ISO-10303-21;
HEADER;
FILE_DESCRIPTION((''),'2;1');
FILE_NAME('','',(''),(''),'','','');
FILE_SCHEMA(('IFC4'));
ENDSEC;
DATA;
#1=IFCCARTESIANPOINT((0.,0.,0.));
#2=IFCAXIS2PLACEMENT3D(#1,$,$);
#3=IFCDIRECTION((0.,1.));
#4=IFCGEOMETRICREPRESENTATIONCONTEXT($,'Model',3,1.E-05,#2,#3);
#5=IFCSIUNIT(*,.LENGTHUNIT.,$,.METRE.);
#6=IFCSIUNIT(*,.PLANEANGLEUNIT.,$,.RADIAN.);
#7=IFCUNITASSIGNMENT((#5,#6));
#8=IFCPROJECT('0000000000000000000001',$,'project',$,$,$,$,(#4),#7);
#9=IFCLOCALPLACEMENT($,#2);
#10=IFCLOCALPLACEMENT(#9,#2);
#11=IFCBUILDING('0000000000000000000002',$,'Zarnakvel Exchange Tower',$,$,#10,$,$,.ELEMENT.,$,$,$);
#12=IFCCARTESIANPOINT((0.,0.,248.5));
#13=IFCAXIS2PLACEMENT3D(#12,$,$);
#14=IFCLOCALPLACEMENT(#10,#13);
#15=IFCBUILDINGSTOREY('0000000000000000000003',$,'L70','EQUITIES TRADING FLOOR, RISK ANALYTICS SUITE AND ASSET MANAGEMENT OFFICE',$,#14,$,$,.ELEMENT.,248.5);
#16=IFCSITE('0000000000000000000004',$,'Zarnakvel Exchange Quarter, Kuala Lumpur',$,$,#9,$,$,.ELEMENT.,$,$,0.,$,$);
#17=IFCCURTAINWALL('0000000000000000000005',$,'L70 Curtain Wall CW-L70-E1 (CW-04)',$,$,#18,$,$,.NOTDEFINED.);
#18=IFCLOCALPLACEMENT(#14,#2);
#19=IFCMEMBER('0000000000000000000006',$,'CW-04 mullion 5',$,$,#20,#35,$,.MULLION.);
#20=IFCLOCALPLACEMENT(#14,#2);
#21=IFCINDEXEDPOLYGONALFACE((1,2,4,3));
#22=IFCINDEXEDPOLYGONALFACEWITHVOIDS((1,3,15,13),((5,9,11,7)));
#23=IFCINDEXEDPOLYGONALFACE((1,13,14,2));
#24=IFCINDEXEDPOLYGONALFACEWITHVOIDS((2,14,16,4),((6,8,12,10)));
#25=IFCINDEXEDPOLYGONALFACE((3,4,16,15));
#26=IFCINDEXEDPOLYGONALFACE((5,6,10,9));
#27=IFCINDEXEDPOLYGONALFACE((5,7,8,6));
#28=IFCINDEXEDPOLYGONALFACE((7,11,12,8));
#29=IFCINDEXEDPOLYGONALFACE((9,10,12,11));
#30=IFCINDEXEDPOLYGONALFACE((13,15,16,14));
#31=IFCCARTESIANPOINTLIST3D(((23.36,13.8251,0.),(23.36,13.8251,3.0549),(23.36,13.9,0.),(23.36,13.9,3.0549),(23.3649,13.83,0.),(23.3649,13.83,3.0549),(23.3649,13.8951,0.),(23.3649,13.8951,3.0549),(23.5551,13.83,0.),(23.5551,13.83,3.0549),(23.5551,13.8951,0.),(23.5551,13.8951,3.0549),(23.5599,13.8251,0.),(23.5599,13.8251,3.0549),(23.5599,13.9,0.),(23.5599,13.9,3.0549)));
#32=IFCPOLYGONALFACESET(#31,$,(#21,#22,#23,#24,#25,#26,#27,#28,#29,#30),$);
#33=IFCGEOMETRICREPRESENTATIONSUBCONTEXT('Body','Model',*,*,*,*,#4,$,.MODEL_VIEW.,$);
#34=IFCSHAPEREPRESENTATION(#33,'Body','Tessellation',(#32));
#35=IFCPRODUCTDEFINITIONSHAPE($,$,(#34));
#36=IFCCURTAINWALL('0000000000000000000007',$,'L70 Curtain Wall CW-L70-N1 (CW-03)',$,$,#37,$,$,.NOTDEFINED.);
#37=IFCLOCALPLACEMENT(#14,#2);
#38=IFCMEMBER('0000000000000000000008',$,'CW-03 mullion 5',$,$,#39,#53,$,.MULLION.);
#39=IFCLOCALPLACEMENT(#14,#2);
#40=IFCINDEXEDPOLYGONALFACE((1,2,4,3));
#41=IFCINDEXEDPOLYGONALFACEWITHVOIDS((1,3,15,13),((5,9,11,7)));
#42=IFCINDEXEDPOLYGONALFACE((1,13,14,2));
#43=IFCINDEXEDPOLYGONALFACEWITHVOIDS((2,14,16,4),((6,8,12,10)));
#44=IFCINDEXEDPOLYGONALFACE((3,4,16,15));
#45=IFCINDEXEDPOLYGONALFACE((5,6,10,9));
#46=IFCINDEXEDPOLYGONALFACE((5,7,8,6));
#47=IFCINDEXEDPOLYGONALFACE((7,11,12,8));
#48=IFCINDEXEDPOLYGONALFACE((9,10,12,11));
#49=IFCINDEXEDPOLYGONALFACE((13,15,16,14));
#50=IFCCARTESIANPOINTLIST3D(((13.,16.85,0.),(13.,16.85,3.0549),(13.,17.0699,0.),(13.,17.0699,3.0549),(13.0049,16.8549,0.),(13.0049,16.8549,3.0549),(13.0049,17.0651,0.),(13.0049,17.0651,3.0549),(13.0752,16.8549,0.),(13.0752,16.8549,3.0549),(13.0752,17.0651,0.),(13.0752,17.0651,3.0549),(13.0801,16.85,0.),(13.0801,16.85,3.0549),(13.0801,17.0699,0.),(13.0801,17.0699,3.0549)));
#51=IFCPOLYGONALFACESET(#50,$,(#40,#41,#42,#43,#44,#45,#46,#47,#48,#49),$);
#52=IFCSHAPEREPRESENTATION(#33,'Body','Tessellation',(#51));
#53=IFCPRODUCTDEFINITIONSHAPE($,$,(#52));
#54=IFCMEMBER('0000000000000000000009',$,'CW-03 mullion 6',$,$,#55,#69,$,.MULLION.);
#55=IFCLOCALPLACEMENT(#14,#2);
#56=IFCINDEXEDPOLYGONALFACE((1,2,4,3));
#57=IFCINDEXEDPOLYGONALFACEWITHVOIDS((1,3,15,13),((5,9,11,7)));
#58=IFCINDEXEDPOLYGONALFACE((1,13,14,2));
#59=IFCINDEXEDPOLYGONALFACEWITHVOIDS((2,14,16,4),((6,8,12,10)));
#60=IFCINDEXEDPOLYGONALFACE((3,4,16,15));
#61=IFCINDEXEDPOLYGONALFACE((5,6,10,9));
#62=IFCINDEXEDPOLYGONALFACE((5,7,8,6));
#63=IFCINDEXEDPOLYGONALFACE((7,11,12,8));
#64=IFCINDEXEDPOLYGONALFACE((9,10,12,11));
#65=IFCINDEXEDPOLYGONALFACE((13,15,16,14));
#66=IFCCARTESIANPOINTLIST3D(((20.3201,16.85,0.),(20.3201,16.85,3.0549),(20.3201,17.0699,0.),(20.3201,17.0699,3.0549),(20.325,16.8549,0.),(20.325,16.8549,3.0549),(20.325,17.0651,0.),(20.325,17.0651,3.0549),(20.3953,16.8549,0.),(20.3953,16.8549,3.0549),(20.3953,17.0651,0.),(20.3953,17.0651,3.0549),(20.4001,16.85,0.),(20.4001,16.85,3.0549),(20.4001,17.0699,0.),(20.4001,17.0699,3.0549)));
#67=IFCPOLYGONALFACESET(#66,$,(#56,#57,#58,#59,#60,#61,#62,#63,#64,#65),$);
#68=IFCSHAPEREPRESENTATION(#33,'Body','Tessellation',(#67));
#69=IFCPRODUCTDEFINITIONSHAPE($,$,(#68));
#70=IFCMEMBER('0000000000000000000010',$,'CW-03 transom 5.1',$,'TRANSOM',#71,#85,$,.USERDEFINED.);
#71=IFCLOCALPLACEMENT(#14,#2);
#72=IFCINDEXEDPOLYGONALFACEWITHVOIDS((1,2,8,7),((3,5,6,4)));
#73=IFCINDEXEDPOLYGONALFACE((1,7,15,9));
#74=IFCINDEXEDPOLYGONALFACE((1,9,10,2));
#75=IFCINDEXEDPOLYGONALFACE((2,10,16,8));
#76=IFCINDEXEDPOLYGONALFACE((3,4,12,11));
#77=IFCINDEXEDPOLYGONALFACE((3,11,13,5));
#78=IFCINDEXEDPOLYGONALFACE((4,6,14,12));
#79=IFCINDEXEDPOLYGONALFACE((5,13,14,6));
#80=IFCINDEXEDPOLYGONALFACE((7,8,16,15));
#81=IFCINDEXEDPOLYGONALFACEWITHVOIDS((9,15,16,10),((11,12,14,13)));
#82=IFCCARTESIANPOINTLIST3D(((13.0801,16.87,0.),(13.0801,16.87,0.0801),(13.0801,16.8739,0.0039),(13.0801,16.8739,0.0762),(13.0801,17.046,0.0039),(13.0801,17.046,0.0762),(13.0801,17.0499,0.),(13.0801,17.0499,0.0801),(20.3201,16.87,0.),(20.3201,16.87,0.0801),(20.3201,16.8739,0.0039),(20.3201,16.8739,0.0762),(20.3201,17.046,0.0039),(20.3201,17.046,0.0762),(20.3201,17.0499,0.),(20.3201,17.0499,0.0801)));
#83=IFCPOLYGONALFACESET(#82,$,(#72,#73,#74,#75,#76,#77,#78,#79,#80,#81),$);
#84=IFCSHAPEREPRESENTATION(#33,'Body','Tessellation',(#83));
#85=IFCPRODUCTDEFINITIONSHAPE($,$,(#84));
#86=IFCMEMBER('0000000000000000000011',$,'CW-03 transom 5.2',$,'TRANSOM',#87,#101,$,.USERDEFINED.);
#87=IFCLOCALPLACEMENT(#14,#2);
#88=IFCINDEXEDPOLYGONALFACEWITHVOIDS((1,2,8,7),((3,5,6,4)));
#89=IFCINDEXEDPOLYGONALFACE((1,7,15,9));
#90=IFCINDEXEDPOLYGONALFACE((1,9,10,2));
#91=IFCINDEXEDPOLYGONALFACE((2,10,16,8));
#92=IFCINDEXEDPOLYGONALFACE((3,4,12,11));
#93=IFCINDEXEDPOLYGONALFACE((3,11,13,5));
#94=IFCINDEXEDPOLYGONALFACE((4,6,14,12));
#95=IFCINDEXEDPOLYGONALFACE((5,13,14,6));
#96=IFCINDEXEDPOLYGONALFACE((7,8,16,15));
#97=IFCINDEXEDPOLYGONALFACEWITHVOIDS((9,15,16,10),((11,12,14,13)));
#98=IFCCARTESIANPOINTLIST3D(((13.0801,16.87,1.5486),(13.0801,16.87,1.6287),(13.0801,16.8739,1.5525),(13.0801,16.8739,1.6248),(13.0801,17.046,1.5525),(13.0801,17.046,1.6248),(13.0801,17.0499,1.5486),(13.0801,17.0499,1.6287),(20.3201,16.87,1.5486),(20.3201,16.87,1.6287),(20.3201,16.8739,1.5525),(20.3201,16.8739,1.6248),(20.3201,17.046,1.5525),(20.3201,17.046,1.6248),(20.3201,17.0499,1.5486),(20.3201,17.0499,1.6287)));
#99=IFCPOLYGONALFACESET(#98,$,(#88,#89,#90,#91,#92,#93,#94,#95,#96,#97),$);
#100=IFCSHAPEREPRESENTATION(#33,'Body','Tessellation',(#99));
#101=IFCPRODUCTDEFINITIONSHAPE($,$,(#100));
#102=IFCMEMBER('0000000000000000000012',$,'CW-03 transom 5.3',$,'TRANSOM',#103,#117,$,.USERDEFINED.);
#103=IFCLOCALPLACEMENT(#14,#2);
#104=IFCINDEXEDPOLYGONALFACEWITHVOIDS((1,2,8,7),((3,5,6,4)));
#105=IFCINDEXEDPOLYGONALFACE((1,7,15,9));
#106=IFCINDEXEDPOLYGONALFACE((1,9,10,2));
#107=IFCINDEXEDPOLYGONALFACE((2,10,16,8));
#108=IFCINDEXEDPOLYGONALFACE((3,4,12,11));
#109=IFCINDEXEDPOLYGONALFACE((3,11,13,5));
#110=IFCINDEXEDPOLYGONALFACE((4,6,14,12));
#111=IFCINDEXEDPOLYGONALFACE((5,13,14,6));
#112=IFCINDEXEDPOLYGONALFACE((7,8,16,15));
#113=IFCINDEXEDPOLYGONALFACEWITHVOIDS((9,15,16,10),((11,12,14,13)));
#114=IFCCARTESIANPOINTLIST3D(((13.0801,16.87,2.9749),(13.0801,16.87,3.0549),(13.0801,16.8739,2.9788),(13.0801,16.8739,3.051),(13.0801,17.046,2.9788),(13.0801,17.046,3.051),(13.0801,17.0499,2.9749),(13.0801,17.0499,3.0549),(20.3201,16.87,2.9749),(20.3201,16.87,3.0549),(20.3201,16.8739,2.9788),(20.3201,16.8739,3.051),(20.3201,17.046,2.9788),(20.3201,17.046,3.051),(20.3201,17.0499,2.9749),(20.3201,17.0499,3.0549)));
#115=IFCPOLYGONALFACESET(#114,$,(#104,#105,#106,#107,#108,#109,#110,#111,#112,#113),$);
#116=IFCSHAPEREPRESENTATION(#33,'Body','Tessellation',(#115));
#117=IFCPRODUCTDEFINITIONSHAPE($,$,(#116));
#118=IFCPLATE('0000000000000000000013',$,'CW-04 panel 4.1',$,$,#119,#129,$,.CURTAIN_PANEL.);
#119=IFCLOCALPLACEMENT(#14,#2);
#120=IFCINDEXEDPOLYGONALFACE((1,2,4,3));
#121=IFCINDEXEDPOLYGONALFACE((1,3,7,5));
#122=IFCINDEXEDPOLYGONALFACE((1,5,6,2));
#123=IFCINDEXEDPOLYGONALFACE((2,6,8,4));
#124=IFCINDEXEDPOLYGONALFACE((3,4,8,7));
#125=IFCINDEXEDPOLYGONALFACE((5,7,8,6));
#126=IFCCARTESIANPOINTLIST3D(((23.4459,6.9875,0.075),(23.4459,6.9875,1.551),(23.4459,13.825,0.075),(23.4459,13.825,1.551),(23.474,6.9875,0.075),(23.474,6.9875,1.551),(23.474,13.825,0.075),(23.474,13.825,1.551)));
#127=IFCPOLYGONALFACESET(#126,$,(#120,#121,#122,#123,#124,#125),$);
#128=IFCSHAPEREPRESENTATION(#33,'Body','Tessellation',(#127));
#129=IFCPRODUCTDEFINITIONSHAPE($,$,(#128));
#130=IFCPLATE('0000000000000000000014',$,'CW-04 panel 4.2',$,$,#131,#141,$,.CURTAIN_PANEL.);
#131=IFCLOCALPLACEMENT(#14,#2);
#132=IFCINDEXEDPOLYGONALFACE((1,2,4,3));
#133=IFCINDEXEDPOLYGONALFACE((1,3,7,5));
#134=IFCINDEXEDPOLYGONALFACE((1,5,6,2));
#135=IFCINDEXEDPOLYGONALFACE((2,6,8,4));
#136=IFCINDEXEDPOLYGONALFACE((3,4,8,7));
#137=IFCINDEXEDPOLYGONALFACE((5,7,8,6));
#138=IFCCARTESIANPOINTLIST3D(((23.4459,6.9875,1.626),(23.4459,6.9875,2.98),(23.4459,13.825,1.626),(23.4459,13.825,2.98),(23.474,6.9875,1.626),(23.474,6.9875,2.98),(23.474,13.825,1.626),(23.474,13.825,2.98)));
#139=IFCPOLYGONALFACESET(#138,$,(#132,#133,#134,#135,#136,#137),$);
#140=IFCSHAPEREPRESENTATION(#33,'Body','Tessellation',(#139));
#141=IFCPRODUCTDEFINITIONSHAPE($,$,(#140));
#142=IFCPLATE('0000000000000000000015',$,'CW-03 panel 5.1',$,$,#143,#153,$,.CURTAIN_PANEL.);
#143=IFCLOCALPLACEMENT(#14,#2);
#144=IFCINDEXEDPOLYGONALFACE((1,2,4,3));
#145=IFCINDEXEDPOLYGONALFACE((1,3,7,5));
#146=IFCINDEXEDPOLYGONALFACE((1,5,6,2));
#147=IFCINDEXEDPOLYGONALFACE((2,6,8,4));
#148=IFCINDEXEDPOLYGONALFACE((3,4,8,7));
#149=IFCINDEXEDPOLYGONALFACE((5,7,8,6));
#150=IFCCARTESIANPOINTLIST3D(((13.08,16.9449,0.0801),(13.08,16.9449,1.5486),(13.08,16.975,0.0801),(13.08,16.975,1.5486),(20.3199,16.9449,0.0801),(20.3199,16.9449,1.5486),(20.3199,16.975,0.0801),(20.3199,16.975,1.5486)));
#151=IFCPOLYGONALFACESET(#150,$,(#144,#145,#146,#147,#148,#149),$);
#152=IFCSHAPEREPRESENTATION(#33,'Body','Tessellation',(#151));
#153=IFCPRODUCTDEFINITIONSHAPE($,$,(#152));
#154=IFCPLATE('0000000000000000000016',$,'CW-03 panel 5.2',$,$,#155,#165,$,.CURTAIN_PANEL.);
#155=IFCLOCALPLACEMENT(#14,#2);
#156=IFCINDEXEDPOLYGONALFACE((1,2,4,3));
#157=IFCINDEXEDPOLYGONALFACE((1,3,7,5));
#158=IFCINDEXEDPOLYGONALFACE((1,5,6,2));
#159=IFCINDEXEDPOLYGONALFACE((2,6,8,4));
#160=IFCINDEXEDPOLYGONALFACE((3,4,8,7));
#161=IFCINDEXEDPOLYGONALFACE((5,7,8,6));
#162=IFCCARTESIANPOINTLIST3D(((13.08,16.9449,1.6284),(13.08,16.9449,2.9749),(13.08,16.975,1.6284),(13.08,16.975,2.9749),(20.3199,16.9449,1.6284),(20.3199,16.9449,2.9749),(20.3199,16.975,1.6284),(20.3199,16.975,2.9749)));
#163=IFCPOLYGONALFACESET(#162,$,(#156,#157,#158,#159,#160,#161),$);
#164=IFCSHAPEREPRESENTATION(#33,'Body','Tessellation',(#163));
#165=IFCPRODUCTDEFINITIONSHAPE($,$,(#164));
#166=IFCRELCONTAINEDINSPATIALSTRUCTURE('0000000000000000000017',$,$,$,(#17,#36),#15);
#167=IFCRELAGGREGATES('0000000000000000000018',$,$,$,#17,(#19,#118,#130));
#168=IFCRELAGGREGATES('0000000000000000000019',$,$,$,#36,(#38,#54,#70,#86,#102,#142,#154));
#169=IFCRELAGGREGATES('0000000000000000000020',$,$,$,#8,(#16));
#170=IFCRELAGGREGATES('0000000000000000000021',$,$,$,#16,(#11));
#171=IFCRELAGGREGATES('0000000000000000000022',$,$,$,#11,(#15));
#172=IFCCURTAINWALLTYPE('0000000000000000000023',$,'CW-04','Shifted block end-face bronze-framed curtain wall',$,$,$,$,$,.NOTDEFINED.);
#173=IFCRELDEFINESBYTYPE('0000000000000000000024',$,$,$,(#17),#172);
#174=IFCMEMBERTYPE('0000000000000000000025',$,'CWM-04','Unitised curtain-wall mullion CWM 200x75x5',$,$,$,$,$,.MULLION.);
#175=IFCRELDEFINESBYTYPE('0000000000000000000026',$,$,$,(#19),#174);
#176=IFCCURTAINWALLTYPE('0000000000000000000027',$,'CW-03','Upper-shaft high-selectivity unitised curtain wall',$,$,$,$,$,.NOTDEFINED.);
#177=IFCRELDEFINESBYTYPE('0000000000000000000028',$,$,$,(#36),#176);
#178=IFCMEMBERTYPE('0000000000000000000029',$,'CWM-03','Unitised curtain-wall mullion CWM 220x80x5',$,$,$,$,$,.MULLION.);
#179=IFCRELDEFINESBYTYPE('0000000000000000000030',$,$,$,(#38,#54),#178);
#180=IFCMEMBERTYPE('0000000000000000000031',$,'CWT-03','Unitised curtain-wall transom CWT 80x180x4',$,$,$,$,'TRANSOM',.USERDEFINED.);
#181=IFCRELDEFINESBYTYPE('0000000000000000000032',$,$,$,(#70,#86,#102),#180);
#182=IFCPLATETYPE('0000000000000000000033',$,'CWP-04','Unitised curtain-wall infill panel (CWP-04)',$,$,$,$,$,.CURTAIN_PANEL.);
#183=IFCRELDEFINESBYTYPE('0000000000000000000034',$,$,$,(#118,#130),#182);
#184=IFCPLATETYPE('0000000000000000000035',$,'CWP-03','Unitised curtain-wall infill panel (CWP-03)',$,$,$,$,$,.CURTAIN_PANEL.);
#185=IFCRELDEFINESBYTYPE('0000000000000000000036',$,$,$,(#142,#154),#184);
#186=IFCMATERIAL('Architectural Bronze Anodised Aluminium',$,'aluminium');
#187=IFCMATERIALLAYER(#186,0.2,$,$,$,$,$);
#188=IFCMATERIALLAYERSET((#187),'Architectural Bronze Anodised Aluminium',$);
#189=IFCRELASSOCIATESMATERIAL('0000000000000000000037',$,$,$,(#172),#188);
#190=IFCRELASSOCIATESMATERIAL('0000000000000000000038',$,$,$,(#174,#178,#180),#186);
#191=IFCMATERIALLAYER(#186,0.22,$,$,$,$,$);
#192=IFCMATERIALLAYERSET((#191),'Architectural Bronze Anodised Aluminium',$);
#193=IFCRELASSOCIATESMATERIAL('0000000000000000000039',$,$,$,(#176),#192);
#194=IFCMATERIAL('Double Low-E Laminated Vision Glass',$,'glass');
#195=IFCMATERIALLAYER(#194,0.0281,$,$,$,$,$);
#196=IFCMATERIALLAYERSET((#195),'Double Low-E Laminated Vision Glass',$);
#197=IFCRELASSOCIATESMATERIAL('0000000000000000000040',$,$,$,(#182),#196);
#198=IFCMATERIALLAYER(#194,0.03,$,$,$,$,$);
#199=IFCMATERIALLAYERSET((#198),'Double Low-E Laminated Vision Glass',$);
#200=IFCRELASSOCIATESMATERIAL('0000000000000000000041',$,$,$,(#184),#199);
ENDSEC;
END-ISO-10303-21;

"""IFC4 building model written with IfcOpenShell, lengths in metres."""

from ifc_helpers import new_model, si_unit, direction, frame, origin, origin_2d, place, context, subcontext, project, spatial, rectangle, hollow_rectangle, extrude, source, transform, mapped, material, layer, layer_set, material_profile, profile_set, type_object, element, aggregate, save


model = new_model("IFC4")

# Units and contexts
model_context = context("Model", 3, precision=1e-05, world=origin(), true_north=direction((0.0, 1.0)))
body_context = subcontext(model_context, "Body", "Model", "MODEL_VIEW")
ifc_project = project(units=[si_unit("LENGTHUNIT", "METRE"), si_unit("PLANEANGLEUNIT", "RADIAN")], contexts=[model_context])

# Site, building, storey
site_placement = place(None, origin())
site = spatial("IfcSite", under=ifc_project, at=site_placement, Name="Zarnakvel Exchange Quarter, Kuala Lumpur", CompositionType="ELEMENT", RefElevation=0.0)
building_placement = place(site_placement, origin())
building = spatial("IfcBuilding", under=site, at=building_placement, Name="Zarnakvel Exchange Tower", CompositionType="ELEMENT")
storey_placement = place(building_placement, frame((0.0, 0.0, 248.5)))
storey = spatial("IfcBuildingStorey", under=building, at=storey_placement, Name="L70", Description="EQUITIES TRADING FLOOR, RISK ANALYTICS SUITE AND ASSET MANAGEMENT OFFICE", CompositionType="ELEMENT", Elevation=248.5)

# Curtain wall, member
ifc_material_1 = material(Name="Architectural Bronze Anodised Aluminium", Category="aluminium")
ifc_layer_1 = layer(ifc_material_1, 0.2)
ifc_layer_set_1 = layer_set([ifc_layer_1], Name="Architectural Bronze Anodised Aluminium")
curtain_wall_type_1 = type_object("IfcCurtainWallType", Name="CW-04", Description="Shifted block end-face bronze-framed curtain wall", PredefinedType="NOTDEFINED", material=ifc_layer_set_1)
curtain_wall_1_placement = place(storey_placement, origin())
curtain_wall_1 = element("IfcCurtainWall", 1, at=curtain_wall_1_placement, inside=storey, type_object=curtain_wall_type_1, Name="L70 Curtain Wall CW-L70-E1 (CW-04)", PredefinedType="NOTDEFINED")
ifc_material_profile_1 = material_profile(ifc_material_1, hollow_rectangle(XDim=0.2, YDim=0.075, WallThickness=0.0049, at=origin_2d()))
ifc_profile_set_1 = profile_set([ifc_material_profile_1], Name="Architectural Bronze Anodised Aluminium")
member_type_1 = type_object("IfcMemberType", Name="CWM-04", Description="Unitised curtain-wall mullion CWM 200x75x5", PredefinedType="MULLION", material=ifc_profile_set_1)
shared_shape_1 = source(origin(), body_context, "Body", "SweptSolid", [
    extrude(hollow_rectangle(XDim=0.2, YDim=0.075, WallThickness=0.0049, at=origin_2d()), origin(), (0.0, 0.0, 1.0), 3.0549),
])
member_1_placement = place(storey_placement, frame((23.46, 13.8625, 0.0), z_axis=(0.0, 0.0, 1.0), x_axis=(-1.0, 0.0, 0.0)))
member_1 = element("IfcMember", 2, at=member_1_placement, type_object=member_type_1, Name="CW-04 mullion 5", PredefinedType="MULLION", context=body_context, shape_type="MappedRepresentation", body=[
    mapped(shared_shape_1, transform((0.0, 0.0, 0.0), x_axis=(1.0, 0.0, 0.0), y_axis=(0.0, 1.0, 0.0), z_axis=(0.0, 0.0, 1.0), scale=1.0)),
])

# Curtain wall, members
ifc_layer_2 = layer(ifc_material_1, 0.22)
ifc_layer_set_2 = layer_set([ifc_layer_2], Name="Architectural Bronze Anodised Aluminium")
curtain_wall_type_2 = type_object("IfcCurtainWallType", Name="CW-03", Description="Upper-shaft high-selectivity unitised curtain wall", PredefinedType="NOTDEFINED", material=ifc_layer_set_2)
curtain_wall_2_placement = place(storey_placement, origin())
curtain_wall_2 = element("IfcCurtainWall", 3, at=curtain_wall_2_placement, inside=storey, type_object=curtain_wall_type_2, Name="L70 Curtain Wall CW-L70-N1 (CW-03)", PredefinedType="NOTDEFINED")
ifc_material_profile_2 = material_profile(ifc_material_1, hollow_rectangle(XDim=0.22, YDim=0.0801, WallThickness=0.0049, at=origin_2d()))
ifc_profile_set_2 = profile_set([ifc_material_profile_2], Name="Architectural Bronze Anodised Aluminium")
member_type_2 = type_object("IfcMemberType", Name="CWM-03", Description="Unitised curtain-wall mullion CWM 220x80x5", PredefinedType="MULLION", material=ifc_profile_set_2)
shared_shape_2 = source(origin(), body_context, "Body", "SweptSolid", [
    extrude(hollow_rectangle(XDim=0.22, YDim=0.0801, WallThickness=0.0049, at=origin_2d()), origin(), (0.0, 0.0, 1.0), 3.0549),
])
member_2_placement = place(storey_placement, frame((13.04, 16.96, 0.0), z_axis=(0.0, 0.0, 1.0), x_axis=(0.0, 1.0, 0.0)))
member_2 = element("IfcMember", 4, at=member_2_placement, type_object=member_type_2, Name="CW-03 mullion 5", PredefinedType="MULLION", context=body_context, shape_type="MappedRepresentation", body=[
    mapped(shared_shape_2, transform((0.0, 0.0, 0.0), x_axis=(1.0, 0.0, 0.0), y_axis=(0.0, 1.0, 0.0), z_axis=(0.0, 0.0, 1.0), scale=1.0)),
])
member_3_placement = place(storey_placement, frame((20.3601, 16.96, 0.0), z_axis=(0.0, 0.0, 1.0), x_axis=(0.0, 1.0, 0.0)))
member_3 = element("IfcMember", 5, at=member_3_placement, type_object=member_type_2, Name="CW-03 mullion 6", PredefinedType="MULLION", context=body_context, shape_type="MappedRepresentation", body=[
    mapped(shared_shape_2, transform((0.0, 0.0, 0.0), x_axis=(1.0, 0.0, 0.0), y_axis=(0.0, 1.0, 0.0), z_axis=(0.0, 0.0, 1.0), scale=1.0)),
])
ifc_material_profile_3 = material_profile(ifc_material_1, hollow_rectangle(XDim=0.1799, YDim=0.0801, WallThickness=0.0039, at=origin_2d()))
ifc_profile_set_3 = profile_set([ifc_material_profile_3], Name="Architectural Bronze Anodised Aluminium")
member_type_3 = type_object("IfcMemberType", Name="CWT-03", Description="Unitised curtain-wall transom CWT 80x180x4", ElementType="TRANSOM", PredefinedType="USERDEFINED", material=ifc_profile_set_3)
shared_shape_3 = source(origin(), body_context, "Body", "SweptSolid", [
    extrude(hollow_rectangle(XDim=0.1799, YDim=0.0801, WallThickness=0.0039, at=origin_2d()), origin(), (0.0, 0.0, 1.0), 7.24),
])
member_4_placement = place(storey_placement, frame((13.0801, 16.96, 0.04), z_axis=(1.0, 0.0, 0.0), x_axis=(0.0, 1.0, 0.0)))
member_4 = element("IfcMember", 6, at=member_4_placement, type_object=member_type_3, Name="CW-03 transom 5.1", ObjectType="TRANSOM", PredefinedType="USERDEFINED", context=body_context, shape_type="MappedRepresentation", body=[
    mapped(shared_shape_3, transform((0.0, 0.0, 0.0), x_axis=(1.0, 0.0, 0.0), y_axis=(0.0, 1.0, 0.0), z_axis=(0.0, 0.0, 1.0), scale=1.0)),
])
member_5_placement = place(storey_placement, frame((13.0801, 16.96, 1.5886), z_axis=(1.0, 0.0, 0.0), x_axis=(0.0, 1.0, 0.0)))
member_5 = element("IfcMember", 7, at=member_5_placement, type_object=member_type_3, Name="CW-03 transom 5.2", ObjectType="TRANSOM", PredefinedType="USERDEFINED", context=body_context, shape_type="MappedRepresentation", body=[
    mapped(shared_shape_3, transform((0.0, 0.0, 0.0), x_axis=(1.0, 0.0, 0.0), y_axis=(0.0, 1.0, 0.0), z_axis=(0.0, 0.0, 1.0), scale=1.0)),
])
member_6_placement = place(storey_placement, frame((13.0801, 16.96, 3.0149), z_axis=(1.0, 0.0, 0.0), x_axis=(0.0, 1.0, 0.0)))
member_6 = element("IfcMember", 8, at=member_6_placement, type_object=member_type_3, Name="CW-03 transom 5.3", ObjectType="TRANSOM", PredefinedType="USERDEFINED", context=body_context, shape_type="MappedRepresentation", body=[
    mapped(shared_shape_3, transform((0.0, 0.0, 0.0), x_axis=(1.0, 0.0, 0.0), y_axis=(0.0, 1.0, 0.0), z_axis=(0.0, 0.0, 1.0), scale=1.0)),
])

# Plates
ifc_material_2 = material(Name="Double Low-E Laminated Vision Glass", Category="glass")
ifc_layer_3 = layer(ifc_material_2, 0.0281)
ifc_layer_set_3 = layer_set([ifc_layer_3], Name="Double Low-E Laminated Vision Glass")
plate_type_1 = type_object("IfcPlateType", Name="CWP-04", Description="Unitised curtain-wall infill panel (CWP-04)", PredefinedType="CURTAIN_PANEL", material=ifc_layer_set_3)
shared_shape_4 = source(origin(), body_context, "Body", "SweptSolid", [
    extrude(rectangle(XDim=6.8374, YDim=0.0281, at=origin_2d()), origin(), (0.0, 0.0, 1.0), 1.4761),
])
plate_1_placement = place(storey_placement, frame((23.46, 10.4062, 0.075), z_axis=(0.0, 0.0, 1.0), x_axis=(0.0, 1.0, 0.0)))
plate_1 = element("IfcPlate", 9, at=plate_1_placement, type_object=plate_type_1, Name="CW-04 panel 4.1", PredefinedType="CURTAIN_PANEL", context=body_context, shape_type="MappedRepresentation", body=[
    mapped(shared_shape_4, transform((0.0, 0.0, 0.0), x_axis=(1.0, 0.0, 0.0), y_axis=(0.0, 1.0, 0.0), z_axis=(0.0, 0.0, 1.0), scale=1.0)),
])
shared_shape_5 = source(origin(), body_context, "Body", "SweptSolid", [
    extrude(rectangle(XDim=6.8374, YDim=0.0281, at=origin_2d()), origin(), (0.0, 0.0, 1.0), 1.354),
])
plate_2_placement = place(storey_placement, frame((23.46, 10.4062, 1.626), z_axis=(0.0, 0.0, 1.0), x_axis=(0.0, 1.0, 0.0)))
plate_2 = element("IfcPlate", 10, at=plate_2_placement, type_object=plate_type_1, Name="CW-04 panel 4.2", PredefinedType="CURTAIN_PANEL", context=body_context, shape_type="MappedRepresentation", body=[
    mapped(shared_shape_5, transform((0.0, 0.0, 0.0), x_axis=(1.0, 0.0, 0.0), y_axis=(0.0, 1.0, 0.0), z_axis=(0.0, 0.0, 1.0), scale=1.0)),
])
aggregate(curtain_wall_1, [member_1, plate_1, plate_2])
ifc_layer_4 = layer(ifc_material_2, 0.03)
ifc_layer_set_4 = layer_set([ifc_layer_4], Name="Double Low-E Laminated Vision Glass")
plate_type_2 = type_object("IfcPlateType", Name="CWP-03", Description="Unitised curtain-wall infill panel (CWP-03)", PredefinedType="CURTAIN_PANEL", material=ifc_layer_set_4)
shared_shape_6 = source(origin(), body_context, "Body", "SweptSolid", [
    extrude(rectangle(XDim=7.24, YDim=0.03, at=origin_2d()), origin(), (0.0, 0.0, 1.0), 1.4685),
])
plate_3_placement = place(storey_placement, frame((16.7, 16.96, 0.0801), z_axis=(0.0, 0.0, 1.0), x_axis=(1.0, 0.0, 0.0)))
plate_3 = element("IfcPlate", 11, at=plate_3_placement, type_object=plate_type_2, Name="CW-03 panel 5.1", PredefinedType="CURTAIN_PANEL", context=body_context, shape_type="MappedRepresentation", body=[
    mapped(shared_shape_6, transform((0.0, 0.0, 0.0), x_axis=(1.0, 0.0, 0.0), y_axis=(0.0, 1.0, 0.0), z_axis=(0.0, 0.0, 1.0), scale=1.0)),
])
shared_shape_7 = source(origin(), body_context, "Body", "SweptSolid", [
    extrude(rectangle(XDim=7.24, YDim=0.03, at=origin_2d()), origin(), (0.0, 0.0, 1.0), 1.3464),
])
plate_4_placement = place(storey_placement, frame((16.7, 16.96, 1.6284), z_axis=(0.0, 0.0, 1.0), x_axis=(1.0, 0.0, 0.0)))
plate_4 = element("IfcPlate", 12, at=plate_4_placement, type_object=plate_type_2, Name="CW-03 panel 5.2", PredefinedType="CURTAIN_PANEL", context=body_context, shape_type="MappedRepresentation", body=[
    mapped(shared_shape_7, transform((0.0, 0.0, 0.0), x_axis=(1.0, 0.0, 0.0), y_axis=(0.0, 1.0, 0.0), z_axis=(0.0, 0.0, 1.0), scale=1.0)),
])
aggregate(curtain_wall_2, [member_2, member_3, member_4, member_5, member_6, plate_3, plate_4])

save(model, "model.ifc")
